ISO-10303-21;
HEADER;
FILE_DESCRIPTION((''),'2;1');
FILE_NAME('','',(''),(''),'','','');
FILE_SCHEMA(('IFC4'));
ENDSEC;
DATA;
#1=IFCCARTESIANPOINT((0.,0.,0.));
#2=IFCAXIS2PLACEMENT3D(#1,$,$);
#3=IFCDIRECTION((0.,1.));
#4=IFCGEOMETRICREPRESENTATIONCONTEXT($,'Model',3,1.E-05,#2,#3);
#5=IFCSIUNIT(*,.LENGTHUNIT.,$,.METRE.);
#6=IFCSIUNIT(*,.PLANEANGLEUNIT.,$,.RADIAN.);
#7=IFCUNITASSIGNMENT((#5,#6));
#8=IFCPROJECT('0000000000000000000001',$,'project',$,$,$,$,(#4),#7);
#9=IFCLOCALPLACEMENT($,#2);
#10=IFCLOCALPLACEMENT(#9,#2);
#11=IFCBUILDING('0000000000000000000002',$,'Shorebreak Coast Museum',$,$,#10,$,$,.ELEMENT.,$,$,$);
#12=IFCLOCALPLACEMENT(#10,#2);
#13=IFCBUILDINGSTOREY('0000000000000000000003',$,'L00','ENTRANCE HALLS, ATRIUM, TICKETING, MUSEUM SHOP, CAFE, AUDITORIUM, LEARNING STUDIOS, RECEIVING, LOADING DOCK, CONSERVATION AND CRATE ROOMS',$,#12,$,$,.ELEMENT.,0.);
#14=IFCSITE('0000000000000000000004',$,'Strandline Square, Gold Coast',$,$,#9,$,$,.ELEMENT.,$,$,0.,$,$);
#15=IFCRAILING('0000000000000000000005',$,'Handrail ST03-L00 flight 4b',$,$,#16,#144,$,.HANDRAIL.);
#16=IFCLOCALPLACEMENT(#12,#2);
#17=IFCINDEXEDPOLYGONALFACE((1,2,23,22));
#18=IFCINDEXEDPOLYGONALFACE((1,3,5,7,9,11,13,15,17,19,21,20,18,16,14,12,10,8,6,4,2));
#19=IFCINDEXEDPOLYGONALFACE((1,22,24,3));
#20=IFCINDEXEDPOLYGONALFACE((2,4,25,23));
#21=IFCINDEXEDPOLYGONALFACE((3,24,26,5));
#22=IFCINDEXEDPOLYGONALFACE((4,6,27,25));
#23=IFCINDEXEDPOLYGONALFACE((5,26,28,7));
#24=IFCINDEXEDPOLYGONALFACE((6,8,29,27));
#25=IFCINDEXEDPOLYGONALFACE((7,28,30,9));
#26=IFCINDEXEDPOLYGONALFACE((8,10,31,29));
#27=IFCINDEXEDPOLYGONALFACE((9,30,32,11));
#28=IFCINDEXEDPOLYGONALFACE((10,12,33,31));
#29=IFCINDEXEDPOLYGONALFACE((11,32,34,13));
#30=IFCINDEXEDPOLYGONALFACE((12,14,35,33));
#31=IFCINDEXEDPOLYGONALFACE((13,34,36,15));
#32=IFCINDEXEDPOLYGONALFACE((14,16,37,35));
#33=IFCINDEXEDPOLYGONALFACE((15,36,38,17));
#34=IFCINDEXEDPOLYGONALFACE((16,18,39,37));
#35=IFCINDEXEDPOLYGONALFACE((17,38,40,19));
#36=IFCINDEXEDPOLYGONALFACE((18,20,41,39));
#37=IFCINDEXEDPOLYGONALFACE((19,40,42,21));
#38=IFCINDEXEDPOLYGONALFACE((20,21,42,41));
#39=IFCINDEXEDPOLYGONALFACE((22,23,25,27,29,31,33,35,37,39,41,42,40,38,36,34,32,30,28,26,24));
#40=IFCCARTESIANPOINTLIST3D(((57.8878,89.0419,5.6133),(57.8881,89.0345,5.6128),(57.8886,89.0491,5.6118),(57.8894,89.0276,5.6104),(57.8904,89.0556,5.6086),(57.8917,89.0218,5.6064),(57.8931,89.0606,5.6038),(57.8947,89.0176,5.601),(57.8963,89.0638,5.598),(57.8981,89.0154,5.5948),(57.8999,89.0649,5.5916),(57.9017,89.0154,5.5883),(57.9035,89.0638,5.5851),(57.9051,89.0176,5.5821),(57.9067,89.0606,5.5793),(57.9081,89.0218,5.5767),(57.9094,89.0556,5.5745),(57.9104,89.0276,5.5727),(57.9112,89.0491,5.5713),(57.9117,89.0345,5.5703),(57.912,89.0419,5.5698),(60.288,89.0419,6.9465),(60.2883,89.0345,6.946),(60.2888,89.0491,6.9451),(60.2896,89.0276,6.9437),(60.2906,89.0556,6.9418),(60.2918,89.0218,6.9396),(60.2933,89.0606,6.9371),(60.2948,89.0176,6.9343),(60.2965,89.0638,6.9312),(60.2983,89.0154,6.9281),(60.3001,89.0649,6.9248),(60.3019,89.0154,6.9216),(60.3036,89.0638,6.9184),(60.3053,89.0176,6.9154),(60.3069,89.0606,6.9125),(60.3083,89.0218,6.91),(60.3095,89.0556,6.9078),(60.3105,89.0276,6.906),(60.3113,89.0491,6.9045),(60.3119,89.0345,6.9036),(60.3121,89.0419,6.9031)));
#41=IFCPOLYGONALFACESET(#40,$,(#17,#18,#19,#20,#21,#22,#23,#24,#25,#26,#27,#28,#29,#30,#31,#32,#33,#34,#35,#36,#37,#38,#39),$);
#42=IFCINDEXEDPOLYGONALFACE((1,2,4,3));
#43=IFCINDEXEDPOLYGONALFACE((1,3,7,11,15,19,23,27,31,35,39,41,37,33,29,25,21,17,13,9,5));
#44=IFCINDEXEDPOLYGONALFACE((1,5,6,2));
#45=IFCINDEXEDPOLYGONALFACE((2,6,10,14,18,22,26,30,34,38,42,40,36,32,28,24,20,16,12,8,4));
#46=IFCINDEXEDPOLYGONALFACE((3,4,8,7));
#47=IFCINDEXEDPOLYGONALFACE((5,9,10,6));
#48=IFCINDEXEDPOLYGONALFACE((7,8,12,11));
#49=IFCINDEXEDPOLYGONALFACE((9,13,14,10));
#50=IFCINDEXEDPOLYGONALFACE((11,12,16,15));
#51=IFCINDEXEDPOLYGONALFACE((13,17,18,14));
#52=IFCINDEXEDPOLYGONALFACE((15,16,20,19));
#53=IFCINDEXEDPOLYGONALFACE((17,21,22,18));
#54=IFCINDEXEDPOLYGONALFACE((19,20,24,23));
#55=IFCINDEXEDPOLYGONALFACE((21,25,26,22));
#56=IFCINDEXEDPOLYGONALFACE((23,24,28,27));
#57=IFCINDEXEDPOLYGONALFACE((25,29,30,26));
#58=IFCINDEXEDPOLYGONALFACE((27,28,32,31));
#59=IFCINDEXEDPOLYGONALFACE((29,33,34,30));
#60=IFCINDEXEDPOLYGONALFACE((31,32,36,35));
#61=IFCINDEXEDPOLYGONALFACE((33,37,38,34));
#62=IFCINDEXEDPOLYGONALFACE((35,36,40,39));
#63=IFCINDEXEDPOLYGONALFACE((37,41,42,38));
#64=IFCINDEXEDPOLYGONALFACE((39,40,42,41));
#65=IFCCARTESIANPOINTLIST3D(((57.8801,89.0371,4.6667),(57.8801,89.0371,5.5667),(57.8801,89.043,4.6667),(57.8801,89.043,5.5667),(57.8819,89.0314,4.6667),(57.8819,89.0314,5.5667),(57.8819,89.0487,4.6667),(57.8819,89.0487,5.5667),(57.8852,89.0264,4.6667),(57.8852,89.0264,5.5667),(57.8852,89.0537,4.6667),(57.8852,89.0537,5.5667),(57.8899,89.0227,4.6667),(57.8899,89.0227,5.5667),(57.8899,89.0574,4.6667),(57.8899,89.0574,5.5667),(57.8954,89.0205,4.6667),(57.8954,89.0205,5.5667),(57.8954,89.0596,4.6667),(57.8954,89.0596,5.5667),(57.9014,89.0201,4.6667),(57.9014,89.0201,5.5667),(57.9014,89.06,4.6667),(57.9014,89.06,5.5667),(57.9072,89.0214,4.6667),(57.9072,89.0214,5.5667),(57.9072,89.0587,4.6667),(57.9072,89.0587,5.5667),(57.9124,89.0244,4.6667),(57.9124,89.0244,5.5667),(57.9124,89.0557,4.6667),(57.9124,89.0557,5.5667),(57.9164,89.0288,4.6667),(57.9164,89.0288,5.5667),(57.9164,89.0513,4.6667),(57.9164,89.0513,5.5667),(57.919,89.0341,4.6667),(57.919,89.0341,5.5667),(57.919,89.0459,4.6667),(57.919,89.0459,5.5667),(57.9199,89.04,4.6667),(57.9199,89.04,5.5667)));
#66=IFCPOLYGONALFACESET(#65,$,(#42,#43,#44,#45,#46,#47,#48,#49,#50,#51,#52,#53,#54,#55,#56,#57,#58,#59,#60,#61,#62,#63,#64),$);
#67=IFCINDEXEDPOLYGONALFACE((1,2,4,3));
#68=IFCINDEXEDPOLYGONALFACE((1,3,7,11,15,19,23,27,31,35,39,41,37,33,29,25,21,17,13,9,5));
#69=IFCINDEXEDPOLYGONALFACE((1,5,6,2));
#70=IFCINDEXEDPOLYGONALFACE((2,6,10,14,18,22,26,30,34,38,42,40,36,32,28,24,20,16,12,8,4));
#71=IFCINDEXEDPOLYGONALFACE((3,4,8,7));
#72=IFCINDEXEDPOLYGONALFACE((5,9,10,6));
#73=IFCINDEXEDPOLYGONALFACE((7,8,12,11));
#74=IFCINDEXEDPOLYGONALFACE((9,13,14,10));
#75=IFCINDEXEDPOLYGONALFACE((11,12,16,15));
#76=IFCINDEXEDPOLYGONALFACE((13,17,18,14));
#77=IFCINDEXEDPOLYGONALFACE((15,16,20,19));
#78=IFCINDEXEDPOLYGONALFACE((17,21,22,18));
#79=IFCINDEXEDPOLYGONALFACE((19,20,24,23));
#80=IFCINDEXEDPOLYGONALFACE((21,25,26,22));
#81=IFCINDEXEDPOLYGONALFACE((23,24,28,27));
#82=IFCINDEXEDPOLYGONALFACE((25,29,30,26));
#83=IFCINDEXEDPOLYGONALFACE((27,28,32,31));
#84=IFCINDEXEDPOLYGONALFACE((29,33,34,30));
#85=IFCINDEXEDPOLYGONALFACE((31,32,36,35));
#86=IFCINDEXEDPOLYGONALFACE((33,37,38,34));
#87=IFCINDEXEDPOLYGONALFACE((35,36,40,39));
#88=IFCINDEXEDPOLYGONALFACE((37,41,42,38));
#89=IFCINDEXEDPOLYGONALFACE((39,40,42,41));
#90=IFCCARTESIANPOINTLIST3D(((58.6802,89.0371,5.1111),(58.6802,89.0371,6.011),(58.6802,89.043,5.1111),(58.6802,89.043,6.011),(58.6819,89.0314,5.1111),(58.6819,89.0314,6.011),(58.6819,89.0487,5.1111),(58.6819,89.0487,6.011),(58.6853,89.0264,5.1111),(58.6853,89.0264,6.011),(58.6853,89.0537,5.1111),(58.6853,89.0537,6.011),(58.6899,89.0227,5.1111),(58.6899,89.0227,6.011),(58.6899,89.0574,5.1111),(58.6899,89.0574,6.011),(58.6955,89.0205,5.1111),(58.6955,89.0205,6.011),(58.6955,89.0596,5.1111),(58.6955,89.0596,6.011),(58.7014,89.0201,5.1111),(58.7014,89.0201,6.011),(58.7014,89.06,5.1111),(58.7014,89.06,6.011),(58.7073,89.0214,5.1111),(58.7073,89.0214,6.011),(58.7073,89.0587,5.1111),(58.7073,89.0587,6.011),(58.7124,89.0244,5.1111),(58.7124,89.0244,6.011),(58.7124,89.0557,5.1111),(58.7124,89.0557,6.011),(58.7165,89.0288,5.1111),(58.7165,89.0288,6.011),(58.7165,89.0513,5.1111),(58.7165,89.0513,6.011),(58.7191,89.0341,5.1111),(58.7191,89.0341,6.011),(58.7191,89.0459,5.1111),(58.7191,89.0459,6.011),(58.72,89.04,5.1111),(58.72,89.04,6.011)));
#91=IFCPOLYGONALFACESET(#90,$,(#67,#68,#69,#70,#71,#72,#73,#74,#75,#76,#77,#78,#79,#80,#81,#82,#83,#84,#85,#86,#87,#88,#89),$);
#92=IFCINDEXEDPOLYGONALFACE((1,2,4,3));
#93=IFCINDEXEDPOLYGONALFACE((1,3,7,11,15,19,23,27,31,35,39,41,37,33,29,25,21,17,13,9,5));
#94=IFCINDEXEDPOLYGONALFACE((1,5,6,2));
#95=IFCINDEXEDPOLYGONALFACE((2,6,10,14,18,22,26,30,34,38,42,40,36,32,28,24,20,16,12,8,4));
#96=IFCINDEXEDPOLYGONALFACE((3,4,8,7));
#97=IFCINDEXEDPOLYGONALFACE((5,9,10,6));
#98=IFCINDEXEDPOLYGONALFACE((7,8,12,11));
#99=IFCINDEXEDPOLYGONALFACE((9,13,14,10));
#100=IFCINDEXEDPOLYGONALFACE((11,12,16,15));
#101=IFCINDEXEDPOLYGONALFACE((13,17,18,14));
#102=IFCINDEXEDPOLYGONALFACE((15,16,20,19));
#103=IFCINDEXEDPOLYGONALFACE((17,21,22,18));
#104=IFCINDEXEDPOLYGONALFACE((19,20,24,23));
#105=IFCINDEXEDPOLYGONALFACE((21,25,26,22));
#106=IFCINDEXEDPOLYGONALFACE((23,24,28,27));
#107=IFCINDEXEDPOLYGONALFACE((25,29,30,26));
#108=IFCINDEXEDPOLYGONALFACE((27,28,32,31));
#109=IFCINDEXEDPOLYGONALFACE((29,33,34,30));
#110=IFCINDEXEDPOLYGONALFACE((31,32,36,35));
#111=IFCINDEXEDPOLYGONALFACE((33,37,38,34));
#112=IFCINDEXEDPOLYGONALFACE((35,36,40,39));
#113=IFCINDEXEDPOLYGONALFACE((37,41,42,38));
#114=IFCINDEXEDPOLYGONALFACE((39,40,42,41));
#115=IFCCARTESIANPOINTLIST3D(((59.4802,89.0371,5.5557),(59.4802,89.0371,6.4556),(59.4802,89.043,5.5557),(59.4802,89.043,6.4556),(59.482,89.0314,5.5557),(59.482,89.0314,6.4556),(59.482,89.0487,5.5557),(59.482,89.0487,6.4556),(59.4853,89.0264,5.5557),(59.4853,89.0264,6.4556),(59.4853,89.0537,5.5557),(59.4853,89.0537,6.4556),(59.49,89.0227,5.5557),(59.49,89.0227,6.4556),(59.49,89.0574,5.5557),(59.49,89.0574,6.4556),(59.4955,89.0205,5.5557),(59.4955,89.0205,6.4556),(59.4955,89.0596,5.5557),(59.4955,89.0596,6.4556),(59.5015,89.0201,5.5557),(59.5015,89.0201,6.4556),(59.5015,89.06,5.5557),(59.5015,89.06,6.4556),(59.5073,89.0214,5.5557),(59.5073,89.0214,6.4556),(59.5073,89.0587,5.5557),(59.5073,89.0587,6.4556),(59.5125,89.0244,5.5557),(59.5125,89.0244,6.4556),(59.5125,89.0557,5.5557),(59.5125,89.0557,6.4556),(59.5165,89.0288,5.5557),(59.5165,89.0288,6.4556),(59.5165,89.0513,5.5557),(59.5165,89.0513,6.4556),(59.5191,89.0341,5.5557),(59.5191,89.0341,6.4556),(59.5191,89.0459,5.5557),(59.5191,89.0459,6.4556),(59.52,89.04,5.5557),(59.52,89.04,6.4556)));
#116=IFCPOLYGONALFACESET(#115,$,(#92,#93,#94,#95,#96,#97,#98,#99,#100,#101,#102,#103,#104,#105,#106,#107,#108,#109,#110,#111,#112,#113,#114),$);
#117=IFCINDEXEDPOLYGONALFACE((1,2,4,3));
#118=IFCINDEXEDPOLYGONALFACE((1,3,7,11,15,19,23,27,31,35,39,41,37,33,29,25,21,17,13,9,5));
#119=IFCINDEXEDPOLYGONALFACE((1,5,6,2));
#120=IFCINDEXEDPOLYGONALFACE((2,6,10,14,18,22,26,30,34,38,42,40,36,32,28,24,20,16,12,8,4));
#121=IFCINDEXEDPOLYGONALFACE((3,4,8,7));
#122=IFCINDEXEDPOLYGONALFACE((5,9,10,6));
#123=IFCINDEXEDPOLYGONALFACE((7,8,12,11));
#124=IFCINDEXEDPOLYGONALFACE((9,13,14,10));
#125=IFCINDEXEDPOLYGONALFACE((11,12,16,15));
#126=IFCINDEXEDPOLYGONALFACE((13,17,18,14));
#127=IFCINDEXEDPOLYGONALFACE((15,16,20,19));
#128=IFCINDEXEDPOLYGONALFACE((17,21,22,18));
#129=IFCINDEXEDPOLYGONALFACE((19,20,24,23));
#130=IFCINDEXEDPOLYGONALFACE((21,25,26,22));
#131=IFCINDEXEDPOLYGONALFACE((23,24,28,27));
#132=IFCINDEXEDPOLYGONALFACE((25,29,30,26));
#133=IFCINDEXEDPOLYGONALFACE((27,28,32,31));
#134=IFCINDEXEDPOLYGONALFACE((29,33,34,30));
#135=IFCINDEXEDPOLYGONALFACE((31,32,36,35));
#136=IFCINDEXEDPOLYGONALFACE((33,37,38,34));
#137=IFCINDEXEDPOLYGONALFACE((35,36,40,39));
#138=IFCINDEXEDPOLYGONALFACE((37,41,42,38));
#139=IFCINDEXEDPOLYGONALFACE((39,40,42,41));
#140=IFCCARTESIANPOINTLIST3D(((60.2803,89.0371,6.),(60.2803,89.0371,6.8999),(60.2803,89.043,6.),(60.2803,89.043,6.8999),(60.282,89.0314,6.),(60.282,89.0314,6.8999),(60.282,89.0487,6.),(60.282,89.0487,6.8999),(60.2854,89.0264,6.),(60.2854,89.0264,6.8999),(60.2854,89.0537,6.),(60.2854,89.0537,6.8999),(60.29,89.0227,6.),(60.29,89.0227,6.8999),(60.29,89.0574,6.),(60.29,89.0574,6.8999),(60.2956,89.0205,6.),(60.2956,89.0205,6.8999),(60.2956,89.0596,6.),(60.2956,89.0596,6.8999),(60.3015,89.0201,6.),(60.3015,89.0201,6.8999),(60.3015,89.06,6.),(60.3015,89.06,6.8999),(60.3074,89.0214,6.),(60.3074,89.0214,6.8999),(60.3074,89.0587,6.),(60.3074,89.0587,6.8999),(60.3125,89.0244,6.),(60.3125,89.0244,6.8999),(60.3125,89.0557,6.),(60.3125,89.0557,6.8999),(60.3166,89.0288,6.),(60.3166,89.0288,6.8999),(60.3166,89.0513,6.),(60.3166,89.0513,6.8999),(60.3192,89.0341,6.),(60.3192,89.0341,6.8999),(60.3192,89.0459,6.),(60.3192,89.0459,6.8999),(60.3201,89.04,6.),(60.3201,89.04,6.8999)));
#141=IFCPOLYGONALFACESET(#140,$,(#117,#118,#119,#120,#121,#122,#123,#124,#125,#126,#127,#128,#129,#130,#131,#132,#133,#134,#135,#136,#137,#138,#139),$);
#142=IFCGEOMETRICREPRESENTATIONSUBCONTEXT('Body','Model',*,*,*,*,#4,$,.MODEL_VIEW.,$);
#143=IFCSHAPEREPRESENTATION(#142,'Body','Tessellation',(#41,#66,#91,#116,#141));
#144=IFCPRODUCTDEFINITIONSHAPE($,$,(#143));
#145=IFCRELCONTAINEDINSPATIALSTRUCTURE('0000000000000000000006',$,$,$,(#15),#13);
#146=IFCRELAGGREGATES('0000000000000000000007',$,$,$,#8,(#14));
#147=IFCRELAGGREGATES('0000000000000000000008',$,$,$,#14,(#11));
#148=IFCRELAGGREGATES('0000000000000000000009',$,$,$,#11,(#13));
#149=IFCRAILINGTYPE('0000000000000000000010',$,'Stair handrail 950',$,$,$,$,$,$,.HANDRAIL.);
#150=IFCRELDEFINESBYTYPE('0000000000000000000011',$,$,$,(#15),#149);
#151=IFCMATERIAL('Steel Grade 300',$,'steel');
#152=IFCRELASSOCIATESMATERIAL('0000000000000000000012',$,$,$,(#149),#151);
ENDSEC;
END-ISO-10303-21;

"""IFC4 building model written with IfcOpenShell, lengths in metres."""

from ifc_helpers import new_model, si_unit, direction, frame, origin, origin_2d, place, context, subcontext, project, spatial, circle, extrude, material, type_object, element, save


model = new_model("IFC4")

# Units and contexts
model_context = context("Model", 3, precision=1e-05, world=origin(), true_north=direction((0.0, 1.0)))
body_context = subcontext(model_context, "Body", "Model", "MODEL_VIEW")
ifc_project = project(units=[si_unit("LENGTHUNIT", "METRE"), si_unit("PLANEANGLEUNIT", "RADIAN")], contexts=[model_context])

# Site, building, storey
site_placement = place(None, origin())
site = spatial("IfcSite", under=ifc_project, at=site_placement, Name="Strandline Square, Gold Coast", CompositionType="ELEMENT", RefElevation=0.0)
building_placement = place(site_placement, origin())
building = spatial("IfcBuilding", under=site, at=building_placement, Name="Shorebreak Coast Museum", CompositionType="ELEMENT")
storey_placement = place(building_placement, origin())
storey = spatial("IfcBuildingStorey", under=building, at=storey_placement, Name="L00", Description="ENTRANCE HALLS, ATRIUM, TICKETING, MUSEUM SHOP, CAFE, AUDITORIUM, LEARNING STUDIOS, RECEIVING, LOADING DOCK, CONSERVATION AND CRATE ROOMS", CompositionType="ELEMENT", Elevation=0.0)

# Railing
ifc_material_1 = material(Name="Steel Grade 300", Category="steel")
railing_type_1 = type_object("IfcRailingType", Name="Stair handrail 950", PredefinedType="HANDRAIL", material=ifc_material_1)
railing_placement = place(storey_placement, frame((57.8999, 89.04, 4.6667)))
element("IfcRailing", 1, at=railing_placement, inside=storey, type_object=railing_type_1, Name="Handrail ST03-L00 flight 4b", PredefinedType="HANDRAIL", context=body_context, shape_type="SweptSolid", body=[
    extrude(circle(Radius=0.0249, at=origin_2d()), frame((0.0, 0.0, 0.9248), z_axis=(0.874182, 0.0, 0.485598), x_axis=(0.0, 1.0, 0.0)), (0.0, 0.0, 1.0), 2.7456),
    extrude(circle(Radius=0.02, at=origin_2d()), origin(), (0.0, 0.0, 1.0), 0.8999),
    extrude(circle(Radius=0.02, at=origin_2d()), frame((0.8, 0.0, 0.4443)), (0.0, 0.0, 1.0), 0.8999),
    extrude(circle(Radius=0.02, at=origin_2d()), frame((1.6001, 0.0, 0.8889)), (0.0, 0.0, 1.0), 0.8999),
    extrude(circle(Radius=0.02, at=origin_2d()), frame((2.4001, 0.0, 1.3333)), (0.0, 0.0, 1.0), 0.8999),
])

save(model, "model.ifc")
